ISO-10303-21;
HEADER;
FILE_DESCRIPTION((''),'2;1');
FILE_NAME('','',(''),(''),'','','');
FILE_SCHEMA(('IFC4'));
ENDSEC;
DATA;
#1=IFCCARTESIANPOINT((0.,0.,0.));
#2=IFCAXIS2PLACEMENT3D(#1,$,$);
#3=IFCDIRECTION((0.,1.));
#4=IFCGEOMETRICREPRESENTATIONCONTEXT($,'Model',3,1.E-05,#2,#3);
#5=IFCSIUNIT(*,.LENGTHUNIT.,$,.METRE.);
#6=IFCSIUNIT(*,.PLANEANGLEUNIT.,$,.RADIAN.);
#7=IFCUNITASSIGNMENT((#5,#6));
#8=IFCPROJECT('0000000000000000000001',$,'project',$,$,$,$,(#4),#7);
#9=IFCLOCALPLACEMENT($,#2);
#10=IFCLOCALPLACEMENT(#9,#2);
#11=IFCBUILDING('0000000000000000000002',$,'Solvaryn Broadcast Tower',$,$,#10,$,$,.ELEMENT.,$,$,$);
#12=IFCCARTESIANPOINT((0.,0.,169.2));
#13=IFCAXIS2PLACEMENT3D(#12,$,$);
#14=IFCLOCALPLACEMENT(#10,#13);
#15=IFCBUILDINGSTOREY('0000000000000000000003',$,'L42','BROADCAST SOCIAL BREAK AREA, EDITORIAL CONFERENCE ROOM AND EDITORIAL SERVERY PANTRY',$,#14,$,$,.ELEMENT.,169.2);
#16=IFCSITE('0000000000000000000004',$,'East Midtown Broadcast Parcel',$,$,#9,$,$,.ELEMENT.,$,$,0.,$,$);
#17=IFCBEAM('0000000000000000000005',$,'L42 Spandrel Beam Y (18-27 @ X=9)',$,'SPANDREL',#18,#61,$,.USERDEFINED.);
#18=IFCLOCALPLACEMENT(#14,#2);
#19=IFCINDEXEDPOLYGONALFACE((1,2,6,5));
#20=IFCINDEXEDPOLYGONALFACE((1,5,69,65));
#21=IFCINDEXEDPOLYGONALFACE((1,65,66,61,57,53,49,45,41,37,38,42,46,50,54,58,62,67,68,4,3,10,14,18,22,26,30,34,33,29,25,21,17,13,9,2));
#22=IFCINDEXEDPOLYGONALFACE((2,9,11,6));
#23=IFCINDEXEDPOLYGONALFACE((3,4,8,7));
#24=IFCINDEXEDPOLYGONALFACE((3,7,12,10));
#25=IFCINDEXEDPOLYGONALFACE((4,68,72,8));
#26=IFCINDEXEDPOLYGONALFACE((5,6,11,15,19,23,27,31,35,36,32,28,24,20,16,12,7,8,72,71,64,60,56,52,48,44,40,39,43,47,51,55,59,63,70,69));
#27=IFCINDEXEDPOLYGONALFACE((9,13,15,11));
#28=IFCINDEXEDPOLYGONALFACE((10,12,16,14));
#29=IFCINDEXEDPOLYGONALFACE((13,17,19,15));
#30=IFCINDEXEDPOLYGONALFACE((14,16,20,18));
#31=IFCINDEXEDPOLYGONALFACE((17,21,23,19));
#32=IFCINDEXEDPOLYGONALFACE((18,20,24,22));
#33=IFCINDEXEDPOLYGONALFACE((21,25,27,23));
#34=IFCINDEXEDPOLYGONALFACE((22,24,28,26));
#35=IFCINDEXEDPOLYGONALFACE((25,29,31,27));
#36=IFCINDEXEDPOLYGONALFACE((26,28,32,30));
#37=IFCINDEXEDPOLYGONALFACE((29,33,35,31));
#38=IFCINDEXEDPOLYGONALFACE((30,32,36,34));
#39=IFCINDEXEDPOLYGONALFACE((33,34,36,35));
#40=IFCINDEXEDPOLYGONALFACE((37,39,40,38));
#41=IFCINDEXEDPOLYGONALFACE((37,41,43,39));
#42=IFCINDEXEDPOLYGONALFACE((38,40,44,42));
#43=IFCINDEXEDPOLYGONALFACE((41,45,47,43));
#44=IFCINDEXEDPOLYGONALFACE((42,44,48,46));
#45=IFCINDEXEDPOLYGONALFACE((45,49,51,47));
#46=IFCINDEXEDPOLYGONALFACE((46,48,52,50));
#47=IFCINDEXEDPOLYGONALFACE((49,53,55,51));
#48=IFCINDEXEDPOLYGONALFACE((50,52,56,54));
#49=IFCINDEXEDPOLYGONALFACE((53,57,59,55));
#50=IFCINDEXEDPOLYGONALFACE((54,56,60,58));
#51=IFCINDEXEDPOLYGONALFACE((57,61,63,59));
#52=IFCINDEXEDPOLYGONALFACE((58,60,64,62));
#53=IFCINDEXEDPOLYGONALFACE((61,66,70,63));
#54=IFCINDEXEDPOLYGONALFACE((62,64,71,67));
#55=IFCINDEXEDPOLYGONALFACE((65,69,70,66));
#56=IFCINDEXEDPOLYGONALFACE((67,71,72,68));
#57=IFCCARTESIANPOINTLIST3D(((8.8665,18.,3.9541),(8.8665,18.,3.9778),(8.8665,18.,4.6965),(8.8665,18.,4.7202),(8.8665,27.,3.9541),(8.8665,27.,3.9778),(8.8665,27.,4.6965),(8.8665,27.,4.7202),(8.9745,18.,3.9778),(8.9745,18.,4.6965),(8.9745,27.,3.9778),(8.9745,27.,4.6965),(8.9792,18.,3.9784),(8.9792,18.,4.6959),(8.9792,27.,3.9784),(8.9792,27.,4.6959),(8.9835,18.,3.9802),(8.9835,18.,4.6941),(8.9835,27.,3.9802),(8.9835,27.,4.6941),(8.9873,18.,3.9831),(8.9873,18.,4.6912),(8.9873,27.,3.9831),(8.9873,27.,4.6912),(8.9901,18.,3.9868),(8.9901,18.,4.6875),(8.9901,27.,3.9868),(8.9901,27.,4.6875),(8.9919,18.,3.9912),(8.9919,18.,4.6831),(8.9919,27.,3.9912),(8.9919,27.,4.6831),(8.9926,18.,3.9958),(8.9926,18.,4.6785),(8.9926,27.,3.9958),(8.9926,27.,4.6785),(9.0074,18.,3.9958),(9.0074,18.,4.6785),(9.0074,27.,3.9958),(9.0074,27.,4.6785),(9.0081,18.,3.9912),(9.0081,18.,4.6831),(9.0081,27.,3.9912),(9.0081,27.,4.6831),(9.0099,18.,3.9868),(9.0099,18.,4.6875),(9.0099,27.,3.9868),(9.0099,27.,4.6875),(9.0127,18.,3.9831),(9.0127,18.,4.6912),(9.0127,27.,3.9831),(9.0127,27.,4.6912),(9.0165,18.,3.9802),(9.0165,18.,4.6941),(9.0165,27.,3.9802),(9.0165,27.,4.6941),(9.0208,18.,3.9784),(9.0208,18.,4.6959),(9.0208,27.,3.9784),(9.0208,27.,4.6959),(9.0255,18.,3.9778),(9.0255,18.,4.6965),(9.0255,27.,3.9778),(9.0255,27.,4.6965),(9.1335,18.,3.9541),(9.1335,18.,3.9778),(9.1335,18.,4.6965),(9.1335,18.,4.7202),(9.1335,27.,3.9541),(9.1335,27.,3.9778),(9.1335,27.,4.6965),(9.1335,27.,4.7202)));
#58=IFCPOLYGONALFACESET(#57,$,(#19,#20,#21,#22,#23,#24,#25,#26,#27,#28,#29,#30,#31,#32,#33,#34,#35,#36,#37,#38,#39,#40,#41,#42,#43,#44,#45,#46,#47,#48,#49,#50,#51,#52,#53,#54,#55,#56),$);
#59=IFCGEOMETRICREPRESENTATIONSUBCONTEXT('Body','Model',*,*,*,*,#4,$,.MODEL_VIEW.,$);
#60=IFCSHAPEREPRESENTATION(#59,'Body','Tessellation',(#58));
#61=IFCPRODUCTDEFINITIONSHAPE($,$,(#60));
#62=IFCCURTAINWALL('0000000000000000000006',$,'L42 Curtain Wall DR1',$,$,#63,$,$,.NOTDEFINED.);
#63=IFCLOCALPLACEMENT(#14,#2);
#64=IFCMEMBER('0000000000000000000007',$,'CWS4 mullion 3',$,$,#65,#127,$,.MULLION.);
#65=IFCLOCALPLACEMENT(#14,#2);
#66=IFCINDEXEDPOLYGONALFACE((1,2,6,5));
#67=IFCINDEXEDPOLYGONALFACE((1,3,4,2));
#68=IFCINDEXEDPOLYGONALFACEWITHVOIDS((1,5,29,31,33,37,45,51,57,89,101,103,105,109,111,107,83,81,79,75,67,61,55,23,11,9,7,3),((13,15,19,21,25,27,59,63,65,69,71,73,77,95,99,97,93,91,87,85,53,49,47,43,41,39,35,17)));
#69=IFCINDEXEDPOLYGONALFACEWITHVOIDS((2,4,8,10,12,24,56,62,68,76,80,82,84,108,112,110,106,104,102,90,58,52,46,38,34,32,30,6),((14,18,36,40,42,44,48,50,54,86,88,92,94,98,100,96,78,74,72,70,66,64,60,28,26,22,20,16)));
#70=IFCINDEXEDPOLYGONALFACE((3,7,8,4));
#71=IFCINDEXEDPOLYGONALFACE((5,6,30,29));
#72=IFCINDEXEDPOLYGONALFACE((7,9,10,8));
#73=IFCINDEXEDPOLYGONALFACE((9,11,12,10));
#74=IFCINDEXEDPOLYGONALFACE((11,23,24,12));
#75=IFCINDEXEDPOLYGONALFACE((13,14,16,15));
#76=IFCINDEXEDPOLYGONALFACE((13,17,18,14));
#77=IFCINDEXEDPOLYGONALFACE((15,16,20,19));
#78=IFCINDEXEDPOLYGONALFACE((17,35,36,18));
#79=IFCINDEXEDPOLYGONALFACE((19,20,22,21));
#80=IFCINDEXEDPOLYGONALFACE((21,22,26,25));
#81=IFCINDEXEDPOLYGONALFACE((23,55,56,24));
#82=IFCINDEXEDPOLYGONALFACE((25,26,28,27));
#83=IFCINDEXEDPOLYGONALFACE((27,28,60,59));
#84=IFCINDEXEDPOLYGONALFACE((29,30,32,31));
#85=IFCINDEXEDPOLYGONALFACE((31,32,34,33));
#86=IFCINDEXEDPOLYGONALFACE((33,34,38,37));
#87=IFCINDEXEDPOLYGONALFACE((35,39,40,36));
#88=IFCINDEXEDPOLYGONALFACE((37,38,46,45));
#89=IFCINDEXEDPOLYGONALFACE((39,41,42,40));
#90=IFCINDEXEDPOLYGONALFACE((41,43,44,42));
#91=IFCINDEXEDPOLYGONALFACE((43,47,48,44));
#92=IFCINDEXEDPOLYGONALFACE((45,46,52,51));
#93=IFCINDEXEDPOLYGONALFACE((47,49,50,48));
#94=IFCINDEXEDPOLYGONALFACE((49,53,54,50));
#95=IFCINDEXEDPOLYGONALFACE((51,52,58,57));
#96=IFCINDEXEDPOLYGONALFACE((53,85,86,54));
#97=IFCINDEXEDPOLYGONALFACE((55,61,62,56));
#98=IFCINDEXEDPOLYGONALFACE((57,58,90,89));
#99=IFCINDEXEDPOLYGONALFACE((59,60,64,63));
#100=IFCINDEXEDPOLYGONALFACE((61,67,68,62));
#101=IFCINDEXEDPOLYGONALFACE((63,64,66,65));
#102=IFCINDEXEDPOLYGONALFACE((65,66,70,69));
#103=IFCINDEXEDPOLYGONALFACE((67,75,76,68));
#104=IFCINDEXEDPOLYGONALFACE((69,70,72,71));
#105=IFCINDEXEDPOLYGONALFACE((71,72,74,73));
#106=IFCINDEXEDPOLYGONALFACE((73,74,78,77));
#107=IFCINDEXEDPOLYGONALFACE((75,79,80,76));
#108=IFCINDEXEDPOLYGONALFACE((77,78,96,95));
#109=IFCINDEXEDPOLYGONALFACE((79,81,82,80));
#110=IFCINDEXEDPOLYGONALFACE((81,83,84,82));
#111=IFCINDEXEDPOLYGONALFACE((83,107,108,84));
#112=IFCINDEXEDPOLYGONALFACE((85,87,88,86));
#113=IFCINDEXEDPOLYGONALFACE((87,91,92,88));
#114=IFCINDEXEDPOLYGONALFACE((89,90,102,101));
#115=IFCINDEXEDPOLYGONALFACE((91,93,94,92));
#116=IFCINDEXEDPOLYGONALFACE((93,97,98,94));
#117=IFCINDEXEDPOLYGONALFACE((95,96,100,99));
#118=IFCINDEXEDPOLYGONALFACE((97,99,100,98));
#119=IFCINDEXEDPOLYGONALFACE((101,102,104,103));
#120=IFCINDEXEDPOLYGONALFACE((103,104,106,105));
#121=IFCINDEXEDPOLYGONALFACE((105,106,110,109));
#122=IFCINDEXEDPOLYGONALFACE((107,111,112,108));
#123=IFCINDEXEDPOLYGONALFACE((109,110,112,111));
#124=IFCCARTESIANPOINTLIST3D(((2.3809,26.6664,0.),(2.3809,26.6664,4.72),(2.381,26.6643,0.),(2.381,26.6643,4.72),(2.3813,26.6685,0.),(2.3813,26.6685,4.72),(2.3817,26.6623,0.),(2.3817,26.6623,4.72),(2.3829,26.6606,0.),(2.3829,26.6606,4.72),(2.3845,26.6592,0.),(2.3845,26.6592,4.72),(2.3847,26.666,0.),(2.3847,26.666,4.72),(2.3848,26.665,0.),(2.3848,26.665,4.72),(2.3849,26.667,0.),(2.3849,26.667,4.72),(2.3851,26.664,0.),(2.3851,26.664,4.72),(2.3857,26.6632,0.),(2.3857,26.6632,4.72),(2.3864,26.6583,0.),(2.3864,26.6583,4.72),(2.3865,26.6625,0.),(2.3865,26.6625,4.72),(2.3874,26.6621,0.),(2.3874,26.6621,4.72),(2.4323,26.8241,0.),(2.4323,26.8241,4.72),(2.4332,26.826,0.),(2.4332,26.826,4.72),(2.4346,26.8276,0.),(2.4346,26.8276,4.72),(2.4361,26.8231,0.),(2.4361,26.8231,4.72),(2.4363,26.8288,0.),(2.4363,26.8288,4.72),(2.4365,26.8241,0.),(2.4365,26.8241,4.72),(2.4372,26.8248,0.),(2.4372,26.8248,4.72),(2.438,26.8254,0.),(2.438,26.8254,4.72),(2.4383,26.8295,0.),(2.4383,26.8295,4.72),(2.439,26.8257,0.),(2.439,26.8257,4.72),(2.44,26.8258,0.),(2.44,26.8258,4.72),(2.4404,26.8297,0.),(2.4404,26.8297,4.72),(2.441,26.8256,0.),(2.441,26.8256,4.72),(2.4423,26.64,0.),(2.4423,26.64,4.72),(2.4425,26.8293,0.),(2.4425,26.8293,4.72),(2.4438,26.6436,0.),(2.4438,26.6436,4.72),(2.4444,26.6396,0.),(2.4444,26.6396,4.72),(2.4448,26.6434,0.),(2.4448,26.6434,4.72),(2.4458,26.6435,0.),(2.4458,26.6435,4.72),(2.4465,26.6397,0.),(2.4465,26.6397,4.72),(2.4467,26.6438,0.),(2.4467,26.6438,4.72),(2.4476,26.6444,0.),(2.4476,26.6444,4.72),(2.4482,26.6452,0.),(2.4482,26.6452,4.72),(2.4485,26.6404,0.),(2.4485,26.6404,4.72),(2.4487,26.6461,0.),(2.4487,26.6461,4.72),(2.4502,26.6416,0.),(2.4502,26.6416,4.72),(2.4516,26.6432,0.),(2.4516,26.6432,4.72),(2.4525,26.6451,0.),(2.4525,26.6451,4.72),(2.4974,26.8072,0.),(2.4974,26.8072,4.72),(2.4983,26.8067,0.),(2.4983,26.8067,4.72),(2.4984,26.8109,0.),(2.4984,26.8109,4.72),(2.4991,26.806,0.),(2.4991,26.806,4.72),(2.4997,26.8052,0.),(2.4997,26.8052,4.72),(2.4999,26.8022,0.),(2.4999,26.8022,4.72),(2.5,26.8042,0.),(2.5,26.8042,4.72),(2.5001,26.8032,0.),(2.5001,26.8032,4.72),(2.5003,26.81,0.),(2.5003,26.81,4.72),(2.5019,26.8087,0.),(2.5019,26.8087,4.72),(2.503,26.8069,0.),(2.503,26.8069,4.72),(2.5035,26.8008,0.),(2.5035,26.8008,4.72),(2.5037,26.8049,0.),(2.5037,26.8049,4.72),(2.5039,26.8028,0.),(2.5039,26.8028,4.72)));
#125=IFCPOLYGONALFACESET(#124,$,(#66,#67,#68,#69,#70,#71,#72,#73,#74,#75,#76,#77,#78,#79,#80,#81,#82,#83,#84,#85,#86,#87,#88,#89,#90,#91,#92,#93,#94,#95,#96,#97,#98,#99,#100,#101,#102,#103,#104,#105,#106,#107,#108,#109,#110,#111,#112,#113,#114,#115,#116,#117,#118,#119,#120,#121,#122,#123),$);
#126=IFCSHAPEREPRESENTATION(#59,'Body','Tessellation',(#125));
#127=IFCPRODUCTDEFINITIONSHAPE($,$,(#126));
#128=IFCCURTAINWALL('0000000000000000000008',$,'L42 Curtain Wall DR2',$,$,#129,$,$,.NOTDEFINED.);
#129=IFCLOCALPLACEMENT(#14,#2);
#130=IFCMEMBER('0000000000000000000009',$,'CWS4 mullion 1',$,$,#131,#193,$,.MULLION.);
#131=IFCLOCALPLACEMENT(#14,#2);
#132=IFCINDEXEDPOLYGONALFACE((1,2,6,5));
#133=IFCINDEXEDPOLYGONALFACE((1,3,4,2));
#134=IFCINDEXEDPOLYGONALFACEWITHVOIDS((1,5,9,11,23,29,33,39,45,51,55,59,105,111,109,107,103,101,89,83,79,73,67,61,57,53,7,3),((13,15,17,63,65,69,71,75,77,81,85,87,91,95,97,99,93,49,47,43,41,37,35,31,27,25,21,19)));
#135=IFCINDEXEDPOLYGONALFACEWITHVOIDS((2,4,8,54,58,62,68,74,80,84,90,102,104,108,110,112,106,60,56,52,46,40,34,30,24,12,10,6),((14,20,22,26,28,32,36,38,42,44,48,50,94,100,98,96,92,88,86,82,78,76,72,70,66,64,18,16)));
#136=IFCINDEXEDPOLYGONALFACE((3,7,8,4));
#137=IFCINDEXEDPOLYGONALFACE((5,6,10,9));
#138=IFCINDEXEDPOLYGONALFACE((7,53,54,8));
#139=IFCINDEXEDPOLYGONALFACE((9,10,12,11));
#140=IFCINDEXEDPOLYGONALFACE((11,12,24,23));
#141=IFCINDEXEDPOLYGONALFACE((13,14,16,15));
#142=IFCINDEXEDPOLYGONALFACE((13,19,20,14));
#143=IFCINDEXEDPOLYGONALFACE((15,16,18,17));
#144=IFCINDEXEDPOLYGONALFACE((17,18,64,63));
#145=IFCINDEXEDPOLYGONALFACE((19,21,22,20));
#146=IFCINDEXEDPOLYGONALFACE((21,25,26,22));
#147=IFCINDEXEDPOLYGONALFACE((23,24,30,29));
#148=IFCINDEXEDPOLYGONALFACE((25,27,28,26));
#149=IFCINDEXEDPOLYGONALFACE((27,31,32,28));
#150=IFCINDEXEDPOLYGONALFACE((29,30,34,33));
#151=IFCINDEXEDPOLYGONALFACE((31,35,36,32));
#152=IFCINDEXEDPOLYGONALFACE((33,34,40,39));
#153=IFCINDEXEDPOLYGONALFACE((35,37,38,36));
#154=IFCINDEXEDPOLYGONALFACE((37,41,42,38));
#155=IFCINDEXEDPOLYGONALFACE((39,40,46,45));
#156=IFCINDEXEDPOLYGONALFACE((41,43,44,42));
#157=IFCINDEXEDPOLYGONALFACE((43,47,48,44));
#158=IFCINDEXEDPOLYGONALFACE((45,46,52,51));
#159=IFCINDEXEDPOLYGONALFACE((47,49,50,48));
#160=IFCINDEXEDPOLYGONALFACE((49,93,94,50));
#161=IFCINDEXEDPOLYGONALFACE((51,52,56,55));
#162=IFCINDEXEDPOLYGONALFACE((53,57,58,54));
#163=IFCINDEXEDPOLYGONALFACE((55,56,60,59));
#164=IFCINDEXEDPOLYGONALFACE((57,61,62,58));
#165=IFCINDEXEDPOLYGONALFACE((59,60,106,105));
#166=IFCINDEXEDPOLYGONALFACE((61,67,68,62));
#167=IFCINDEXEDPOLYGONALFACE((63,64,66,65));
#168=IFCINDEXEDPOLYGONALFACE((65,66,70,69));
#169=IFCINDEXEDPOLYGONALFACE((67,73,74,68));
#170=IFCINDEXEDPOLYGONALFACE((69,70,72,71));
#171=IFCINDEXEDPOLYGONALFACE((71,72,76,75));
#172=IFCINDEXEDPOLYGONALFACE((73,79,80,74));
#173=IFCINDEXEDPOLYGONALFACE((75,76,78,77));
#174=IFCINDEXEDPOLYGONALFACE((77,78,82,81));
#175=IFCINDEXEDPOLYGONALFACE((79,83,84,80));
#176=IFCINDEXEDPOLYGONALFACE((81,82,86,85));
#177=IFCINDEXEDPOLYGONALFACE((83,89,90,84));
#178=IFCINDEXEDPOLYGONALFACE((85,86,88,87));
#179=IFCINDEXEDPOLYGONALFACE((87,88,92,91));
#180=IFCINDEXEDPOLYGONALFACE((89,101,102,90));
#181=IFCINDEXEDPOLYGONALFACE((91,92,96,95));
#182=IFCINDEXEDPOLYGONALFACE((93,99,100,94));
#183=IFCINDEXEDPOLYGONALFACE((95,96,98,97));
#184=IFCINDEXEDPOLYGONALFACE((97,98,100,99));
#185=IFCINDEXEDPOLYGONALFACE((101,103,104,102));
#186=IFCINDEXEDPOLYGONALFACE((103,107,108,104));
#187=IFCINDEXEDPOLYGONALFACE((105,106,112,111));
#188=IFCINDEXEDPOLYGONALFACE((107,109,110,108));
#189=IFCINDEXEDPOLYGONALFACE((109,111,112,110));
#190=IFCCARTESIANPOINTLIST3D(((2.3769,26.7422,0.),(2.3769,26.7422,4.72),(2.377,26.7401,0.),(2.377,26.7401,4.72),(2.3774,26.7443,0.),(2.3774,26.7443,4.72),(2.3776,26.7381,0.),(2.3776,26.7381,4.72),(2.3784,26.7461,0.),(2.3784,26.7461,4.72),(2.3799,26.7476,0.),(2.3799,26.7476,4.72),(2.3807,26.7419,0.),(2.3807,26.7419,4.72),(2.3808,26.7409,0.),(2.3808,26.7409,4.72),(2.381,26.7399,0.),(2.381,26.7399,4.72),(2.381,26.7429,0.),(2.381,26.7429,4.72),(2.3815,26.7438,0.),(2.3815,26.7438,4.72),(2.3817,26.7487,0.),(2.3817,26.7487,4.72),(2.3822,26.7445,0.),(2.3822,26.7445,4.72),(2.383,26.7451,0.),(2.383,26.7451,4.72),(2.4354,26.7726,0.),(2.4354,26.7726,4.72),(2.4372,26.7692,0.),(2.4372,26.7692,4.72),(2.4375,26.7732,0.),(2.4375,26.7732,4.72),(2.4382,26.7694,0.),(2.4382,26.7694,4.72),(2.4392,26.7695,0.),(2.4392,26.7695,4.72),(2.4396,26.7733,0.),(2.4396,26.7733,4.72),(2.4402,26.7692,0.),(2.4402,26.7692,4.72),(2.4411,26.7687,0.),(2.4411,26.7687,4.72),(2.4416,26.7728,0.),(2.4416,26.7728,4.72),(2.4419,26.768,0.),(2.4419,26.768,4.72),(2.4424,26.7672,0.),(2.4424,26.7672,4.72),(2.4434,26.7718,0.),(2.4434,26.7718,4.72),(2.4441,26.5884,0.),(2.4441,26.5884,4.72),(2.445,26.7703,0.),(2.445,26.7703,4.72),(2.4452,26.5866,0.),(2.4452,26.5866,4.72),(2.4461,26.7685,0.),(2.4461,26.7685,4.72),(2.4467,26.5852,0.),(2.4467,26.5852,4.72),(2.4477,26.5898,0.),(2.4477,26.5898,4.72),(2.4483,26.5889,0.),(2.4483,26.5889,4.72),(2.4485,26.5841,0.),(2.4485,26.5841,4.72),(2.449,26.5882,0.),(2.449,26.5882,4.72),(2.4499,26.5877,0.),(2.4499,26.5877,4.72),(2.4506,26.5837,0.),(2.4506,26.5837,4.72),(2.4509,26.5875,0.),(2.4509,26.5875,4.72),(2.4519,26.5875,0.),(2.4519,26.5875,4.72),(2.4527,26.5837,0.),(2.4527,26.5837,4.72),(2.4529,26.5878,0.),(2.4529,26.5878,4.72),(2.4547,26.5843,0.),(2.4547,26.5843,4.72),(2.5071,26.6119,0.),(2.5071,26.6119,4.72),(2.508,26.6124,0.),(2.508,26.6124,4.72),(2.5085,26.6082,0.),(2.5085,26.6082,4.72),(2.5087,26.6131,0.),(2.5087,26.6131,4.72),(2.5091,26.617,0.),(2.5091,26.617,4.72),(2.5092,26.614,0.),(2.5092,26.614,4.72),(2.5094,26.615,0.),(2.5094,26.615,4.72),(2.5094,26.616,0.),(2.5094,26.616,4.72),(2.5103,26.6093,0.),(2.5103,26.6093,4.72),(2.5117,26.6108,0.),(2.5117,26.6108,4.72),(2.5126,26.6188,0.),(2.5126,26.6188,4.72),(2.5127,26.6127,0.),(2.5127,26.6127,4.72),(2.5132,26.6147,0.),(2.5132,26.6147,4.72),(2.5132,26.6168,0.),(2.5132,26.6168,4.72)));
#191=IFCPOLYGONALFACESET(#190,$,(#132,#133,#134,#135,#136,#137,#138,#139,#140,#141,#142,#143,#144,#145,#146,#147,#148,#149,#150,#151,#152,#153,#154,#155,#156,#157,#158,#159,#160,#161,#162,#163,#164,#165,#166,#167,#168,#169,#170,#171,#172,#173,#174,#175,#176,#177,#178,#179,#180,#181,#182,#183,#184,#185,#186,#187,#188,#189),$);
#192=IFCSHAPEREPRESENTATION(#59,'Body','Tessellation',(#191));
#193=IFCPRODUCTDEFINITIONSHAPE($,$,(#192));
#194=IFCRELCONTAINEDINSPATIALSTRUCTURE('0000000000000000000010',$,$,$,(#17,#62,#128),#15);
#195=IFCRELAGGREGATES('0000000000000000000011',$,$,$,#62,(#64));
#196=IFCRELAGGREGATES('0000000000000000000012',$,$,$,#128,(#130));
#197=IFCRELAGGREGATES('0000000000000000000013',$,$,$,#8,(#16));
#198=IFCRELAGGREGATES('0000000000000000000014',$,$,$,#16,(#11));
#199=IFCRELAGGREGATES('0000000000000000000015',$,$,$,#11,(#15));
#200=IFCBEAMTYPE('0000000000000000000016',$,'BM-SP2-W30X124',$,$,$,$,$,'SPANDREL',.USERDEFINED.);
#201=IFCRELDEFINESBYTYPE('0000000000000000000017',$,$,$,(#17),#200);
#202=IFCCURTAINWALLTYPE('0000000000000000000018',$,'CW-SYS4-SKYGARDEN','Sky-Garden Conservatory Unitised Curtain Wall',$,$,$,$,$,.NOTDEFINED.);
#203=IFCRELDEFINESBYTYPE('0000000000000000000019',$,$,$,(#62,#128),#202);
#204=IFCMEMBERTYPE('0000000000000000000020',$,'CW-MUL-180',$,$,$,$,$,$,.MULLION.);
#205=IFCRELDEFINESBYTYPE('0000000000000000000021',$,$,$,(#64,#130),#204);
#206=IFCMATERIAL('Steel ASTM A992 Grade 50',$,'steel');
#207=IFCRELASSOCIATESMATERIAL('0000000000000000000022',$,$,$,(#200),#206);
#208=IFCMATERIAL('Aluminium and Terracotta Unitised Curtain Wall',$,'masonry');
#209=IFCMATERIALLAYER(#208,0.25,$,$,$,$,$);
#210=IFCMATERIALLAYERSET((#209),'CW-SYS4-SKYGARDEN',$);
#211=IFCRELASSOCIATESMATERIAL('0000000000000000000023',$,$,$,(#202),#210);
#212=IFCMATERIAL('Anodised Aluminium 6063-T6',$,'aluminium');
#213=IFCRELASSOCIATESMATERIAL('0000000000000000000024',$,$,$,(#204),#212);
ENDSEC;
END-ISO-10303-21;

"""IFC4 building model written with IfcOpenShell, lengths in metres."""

from ifc_helpers import new_model, si_unit, direction, frame, origin, origin_2d, place, context, subcontext, project, spatial, hollow_rectangle, i_section, extrude, material, layer, layer_set, material_profile, profile_set, type_object, element, aggregate, save


model = new_model("IFC4")

# Units and contexts
model_context = context("Model", 3, precision=1e-05, world=origin(), true_north=direction((0.0, 1.0)))
body_context = subcontext(model_context, "Body", "Model", "MODEL_VIEW")
ifc_project = project(units=[si_unit("LENGTHUNIT", "METRE"), si_unit("PLANEANGLEUNIT", "RADIAN")], contexts=[model_context])

# Site, building, storey
site_placement = place(None, origin())
site = spatial("IfcSite", under=ifc_project, at=site_placement, Name="East Midtown Broadcast Parcel", CompositionType="ELEMENT", RefElevation=0.0)
building_placement = place(site_placement, origin())
building = spatial("IfcBuilding", under=site, at=building_placement, Name="Solvaryn Broadcast Tower", CompositionType="ELEMENT")
storey_placement = place(building_placement, frame((0.0, 0.0, 169.2)))
storey = spatial("IfcBuildingStorey", under=building, at=storey_placement, Name="L42", Description="BROADCAST SOCIAL BREAK AREA, EDITORIAL CONFERENCE ROOM AND EDITORIAL SERVERY PANTRY", CompositionType="ELEMENT", Elevation=169.2)

# Beam
ifc_material_1 = material(Name="Steel ASTM A992 Grade 50", Category="steel")
ifc_material_profile_1 = material_profile(ifc_material_1, i_section(OverallWidth=0.2671, OverallDepth=0.7661, WebThickness=0.0149, FlangeThickness=0.0237, FilletRadius=0.0181, at=origin_2d()))
ifc_profile_set_1 = profile_set([ifc_material_profile_1], Name="Steel ASTM A992 Grade 50")
beam_type_1 = type_object("IfcBeamType", Name="BM-SP2-W30X124", ElementType="SPANDREL", PredefinedType="USERDEFINED", material=ifc_profile_set_1)
beam_placement = place(storey_placement, frame((9.0, 18.0, 4.3372), z_axis=(0.0, 1.0, 0.0), x_axis=(-1.0, 0.0, 0.0)))
element("IfcBeam", 1, at=beam_placement, inside=storey, type_object=beam_type_1, Name="L42 Spandrel Beam Y (18-27 @ X=9)", ObjectType="SPANDREL", PredefinedType="USERDEFINED", context=body_context, shape_type="SweptSolid", body=[
    extrude(i_section(OverallWidth=0.2671, OverallDepth=0.7661, WebThickness=0.0149, FlangeThickness=0.0237, FilletRadius=0.0181, at=origin_2d()), origin(), (0.0, 0.0, 1.0), 9.0),
])

# Curtain wall, member
ifc_material_2 = material(Name="Aluminium and Terracotta Unitised Curtain Wall", Category="masonry")
ifc_layer_1 = layer(ifc_material_2, 0.25)
ifc_layer_set_1 = layer_set([ifc_layer_1], Name="CW-SYS4-SKYGARDEN")
curtain_wall_type = type_object("IfcCurtainWallType", Name="CW-SYS4-SKYGARDEN", Description="Sky-Garden Conservatory Unitised Curtain Wall", PredefinedType="NOTDEFINED", material=ifc_layer_set_1)
curtain_wall_1_placement = place(storey_placement, origin())
curtain_wall_1 = element("IfcCurtainWall", 2, at=curtain_wall_1_placement, inside=storey, type_object=curtain_wall_type, Name="L42 Curtain Wall DR1", PredefinedType="NOTDEFINED")
ifc_material_3 = material(Name="Anodised Aluminium 6063-T6", Category="aluminium")
ifc_material_profile_2 = material_profile(ifc_material_3, hollow_rectangle(XDim=0.075, YDim=0.1799, WallThickness=0.0039, InnerFilletRadius=0.0039, OuterFilletRadius=0.0081, at=origin_2d()))
ifc_profile_set_2 = profile_set([ifc_material_profile_2], Name="Anodised Aluminium 6063-T6")
member_type_1 = type_object("IfcMemberType", Name="CW-MUL-180", PredefinedType="MULLION", material=ifc_profile_set_2)
member_1_placement = place(storey_placement, frame((2.4424, 26.7346, 0.0), z_axis=(0.0, 0.0, 1.0), x_axis=(0.950227, -0.311559, 0.0)))
member_1 = element("IfcMember", 3, at=member_1_placement, type_object=member_type_1, Name="CWS4 mullion 3", PredefinedType="MULLION", context=body_context, shape_type="SweptSolid", body=[
    extrude(hollow_rectangle(XDim=0.075, YDim=0.1799, WallThickness=0.0039, InnerFilletRadius=0.0039, OuterFilletRadius=0.0081, at=origin_2d()), origin(), (0.0, 0.0, 1.0), 4.72),
])
aggregate(curtain_wall_1, [member_1])

# Curtain wall, member
curtain_wall_2_placement = place(storey_placement, origin())
curtain_wall_2 = element("IfcCurtainWall", 4, at=curtain_wall_2_placement, inside=storey, type_object=curtain_wall_type, Name="L42 Curtain Wall DR2", PredefinedType="NOTDEFINED")
member_2_placement = place(storey_placement, frame((2.4451, 26.6785, 0.0), z_axis=(0.0, 0.0, 1.0), x_axis=(0.913917, 0.405901, 0.0)))
member_2 = element("IfcMember", 5, at=member_2_placement, type_object=member_type_1, Name="CWS4 mullion 1", PredefinedType="MULLION", context=body_context, shape_type="SweptSolid", body=[
    extrude(hollow_rectangle(XDim=0.075, YDim=0.1799, WallThickness=0.0039, InnerFilletRadius=0.0039, OuterFilletRadius=0.0081, at=origin_2d()), origin(), (0.0, 0.0, 1.0), 4.72),
])
aggregate(curtain_wall_2, [member_2])

save(model, "model.ifc")
